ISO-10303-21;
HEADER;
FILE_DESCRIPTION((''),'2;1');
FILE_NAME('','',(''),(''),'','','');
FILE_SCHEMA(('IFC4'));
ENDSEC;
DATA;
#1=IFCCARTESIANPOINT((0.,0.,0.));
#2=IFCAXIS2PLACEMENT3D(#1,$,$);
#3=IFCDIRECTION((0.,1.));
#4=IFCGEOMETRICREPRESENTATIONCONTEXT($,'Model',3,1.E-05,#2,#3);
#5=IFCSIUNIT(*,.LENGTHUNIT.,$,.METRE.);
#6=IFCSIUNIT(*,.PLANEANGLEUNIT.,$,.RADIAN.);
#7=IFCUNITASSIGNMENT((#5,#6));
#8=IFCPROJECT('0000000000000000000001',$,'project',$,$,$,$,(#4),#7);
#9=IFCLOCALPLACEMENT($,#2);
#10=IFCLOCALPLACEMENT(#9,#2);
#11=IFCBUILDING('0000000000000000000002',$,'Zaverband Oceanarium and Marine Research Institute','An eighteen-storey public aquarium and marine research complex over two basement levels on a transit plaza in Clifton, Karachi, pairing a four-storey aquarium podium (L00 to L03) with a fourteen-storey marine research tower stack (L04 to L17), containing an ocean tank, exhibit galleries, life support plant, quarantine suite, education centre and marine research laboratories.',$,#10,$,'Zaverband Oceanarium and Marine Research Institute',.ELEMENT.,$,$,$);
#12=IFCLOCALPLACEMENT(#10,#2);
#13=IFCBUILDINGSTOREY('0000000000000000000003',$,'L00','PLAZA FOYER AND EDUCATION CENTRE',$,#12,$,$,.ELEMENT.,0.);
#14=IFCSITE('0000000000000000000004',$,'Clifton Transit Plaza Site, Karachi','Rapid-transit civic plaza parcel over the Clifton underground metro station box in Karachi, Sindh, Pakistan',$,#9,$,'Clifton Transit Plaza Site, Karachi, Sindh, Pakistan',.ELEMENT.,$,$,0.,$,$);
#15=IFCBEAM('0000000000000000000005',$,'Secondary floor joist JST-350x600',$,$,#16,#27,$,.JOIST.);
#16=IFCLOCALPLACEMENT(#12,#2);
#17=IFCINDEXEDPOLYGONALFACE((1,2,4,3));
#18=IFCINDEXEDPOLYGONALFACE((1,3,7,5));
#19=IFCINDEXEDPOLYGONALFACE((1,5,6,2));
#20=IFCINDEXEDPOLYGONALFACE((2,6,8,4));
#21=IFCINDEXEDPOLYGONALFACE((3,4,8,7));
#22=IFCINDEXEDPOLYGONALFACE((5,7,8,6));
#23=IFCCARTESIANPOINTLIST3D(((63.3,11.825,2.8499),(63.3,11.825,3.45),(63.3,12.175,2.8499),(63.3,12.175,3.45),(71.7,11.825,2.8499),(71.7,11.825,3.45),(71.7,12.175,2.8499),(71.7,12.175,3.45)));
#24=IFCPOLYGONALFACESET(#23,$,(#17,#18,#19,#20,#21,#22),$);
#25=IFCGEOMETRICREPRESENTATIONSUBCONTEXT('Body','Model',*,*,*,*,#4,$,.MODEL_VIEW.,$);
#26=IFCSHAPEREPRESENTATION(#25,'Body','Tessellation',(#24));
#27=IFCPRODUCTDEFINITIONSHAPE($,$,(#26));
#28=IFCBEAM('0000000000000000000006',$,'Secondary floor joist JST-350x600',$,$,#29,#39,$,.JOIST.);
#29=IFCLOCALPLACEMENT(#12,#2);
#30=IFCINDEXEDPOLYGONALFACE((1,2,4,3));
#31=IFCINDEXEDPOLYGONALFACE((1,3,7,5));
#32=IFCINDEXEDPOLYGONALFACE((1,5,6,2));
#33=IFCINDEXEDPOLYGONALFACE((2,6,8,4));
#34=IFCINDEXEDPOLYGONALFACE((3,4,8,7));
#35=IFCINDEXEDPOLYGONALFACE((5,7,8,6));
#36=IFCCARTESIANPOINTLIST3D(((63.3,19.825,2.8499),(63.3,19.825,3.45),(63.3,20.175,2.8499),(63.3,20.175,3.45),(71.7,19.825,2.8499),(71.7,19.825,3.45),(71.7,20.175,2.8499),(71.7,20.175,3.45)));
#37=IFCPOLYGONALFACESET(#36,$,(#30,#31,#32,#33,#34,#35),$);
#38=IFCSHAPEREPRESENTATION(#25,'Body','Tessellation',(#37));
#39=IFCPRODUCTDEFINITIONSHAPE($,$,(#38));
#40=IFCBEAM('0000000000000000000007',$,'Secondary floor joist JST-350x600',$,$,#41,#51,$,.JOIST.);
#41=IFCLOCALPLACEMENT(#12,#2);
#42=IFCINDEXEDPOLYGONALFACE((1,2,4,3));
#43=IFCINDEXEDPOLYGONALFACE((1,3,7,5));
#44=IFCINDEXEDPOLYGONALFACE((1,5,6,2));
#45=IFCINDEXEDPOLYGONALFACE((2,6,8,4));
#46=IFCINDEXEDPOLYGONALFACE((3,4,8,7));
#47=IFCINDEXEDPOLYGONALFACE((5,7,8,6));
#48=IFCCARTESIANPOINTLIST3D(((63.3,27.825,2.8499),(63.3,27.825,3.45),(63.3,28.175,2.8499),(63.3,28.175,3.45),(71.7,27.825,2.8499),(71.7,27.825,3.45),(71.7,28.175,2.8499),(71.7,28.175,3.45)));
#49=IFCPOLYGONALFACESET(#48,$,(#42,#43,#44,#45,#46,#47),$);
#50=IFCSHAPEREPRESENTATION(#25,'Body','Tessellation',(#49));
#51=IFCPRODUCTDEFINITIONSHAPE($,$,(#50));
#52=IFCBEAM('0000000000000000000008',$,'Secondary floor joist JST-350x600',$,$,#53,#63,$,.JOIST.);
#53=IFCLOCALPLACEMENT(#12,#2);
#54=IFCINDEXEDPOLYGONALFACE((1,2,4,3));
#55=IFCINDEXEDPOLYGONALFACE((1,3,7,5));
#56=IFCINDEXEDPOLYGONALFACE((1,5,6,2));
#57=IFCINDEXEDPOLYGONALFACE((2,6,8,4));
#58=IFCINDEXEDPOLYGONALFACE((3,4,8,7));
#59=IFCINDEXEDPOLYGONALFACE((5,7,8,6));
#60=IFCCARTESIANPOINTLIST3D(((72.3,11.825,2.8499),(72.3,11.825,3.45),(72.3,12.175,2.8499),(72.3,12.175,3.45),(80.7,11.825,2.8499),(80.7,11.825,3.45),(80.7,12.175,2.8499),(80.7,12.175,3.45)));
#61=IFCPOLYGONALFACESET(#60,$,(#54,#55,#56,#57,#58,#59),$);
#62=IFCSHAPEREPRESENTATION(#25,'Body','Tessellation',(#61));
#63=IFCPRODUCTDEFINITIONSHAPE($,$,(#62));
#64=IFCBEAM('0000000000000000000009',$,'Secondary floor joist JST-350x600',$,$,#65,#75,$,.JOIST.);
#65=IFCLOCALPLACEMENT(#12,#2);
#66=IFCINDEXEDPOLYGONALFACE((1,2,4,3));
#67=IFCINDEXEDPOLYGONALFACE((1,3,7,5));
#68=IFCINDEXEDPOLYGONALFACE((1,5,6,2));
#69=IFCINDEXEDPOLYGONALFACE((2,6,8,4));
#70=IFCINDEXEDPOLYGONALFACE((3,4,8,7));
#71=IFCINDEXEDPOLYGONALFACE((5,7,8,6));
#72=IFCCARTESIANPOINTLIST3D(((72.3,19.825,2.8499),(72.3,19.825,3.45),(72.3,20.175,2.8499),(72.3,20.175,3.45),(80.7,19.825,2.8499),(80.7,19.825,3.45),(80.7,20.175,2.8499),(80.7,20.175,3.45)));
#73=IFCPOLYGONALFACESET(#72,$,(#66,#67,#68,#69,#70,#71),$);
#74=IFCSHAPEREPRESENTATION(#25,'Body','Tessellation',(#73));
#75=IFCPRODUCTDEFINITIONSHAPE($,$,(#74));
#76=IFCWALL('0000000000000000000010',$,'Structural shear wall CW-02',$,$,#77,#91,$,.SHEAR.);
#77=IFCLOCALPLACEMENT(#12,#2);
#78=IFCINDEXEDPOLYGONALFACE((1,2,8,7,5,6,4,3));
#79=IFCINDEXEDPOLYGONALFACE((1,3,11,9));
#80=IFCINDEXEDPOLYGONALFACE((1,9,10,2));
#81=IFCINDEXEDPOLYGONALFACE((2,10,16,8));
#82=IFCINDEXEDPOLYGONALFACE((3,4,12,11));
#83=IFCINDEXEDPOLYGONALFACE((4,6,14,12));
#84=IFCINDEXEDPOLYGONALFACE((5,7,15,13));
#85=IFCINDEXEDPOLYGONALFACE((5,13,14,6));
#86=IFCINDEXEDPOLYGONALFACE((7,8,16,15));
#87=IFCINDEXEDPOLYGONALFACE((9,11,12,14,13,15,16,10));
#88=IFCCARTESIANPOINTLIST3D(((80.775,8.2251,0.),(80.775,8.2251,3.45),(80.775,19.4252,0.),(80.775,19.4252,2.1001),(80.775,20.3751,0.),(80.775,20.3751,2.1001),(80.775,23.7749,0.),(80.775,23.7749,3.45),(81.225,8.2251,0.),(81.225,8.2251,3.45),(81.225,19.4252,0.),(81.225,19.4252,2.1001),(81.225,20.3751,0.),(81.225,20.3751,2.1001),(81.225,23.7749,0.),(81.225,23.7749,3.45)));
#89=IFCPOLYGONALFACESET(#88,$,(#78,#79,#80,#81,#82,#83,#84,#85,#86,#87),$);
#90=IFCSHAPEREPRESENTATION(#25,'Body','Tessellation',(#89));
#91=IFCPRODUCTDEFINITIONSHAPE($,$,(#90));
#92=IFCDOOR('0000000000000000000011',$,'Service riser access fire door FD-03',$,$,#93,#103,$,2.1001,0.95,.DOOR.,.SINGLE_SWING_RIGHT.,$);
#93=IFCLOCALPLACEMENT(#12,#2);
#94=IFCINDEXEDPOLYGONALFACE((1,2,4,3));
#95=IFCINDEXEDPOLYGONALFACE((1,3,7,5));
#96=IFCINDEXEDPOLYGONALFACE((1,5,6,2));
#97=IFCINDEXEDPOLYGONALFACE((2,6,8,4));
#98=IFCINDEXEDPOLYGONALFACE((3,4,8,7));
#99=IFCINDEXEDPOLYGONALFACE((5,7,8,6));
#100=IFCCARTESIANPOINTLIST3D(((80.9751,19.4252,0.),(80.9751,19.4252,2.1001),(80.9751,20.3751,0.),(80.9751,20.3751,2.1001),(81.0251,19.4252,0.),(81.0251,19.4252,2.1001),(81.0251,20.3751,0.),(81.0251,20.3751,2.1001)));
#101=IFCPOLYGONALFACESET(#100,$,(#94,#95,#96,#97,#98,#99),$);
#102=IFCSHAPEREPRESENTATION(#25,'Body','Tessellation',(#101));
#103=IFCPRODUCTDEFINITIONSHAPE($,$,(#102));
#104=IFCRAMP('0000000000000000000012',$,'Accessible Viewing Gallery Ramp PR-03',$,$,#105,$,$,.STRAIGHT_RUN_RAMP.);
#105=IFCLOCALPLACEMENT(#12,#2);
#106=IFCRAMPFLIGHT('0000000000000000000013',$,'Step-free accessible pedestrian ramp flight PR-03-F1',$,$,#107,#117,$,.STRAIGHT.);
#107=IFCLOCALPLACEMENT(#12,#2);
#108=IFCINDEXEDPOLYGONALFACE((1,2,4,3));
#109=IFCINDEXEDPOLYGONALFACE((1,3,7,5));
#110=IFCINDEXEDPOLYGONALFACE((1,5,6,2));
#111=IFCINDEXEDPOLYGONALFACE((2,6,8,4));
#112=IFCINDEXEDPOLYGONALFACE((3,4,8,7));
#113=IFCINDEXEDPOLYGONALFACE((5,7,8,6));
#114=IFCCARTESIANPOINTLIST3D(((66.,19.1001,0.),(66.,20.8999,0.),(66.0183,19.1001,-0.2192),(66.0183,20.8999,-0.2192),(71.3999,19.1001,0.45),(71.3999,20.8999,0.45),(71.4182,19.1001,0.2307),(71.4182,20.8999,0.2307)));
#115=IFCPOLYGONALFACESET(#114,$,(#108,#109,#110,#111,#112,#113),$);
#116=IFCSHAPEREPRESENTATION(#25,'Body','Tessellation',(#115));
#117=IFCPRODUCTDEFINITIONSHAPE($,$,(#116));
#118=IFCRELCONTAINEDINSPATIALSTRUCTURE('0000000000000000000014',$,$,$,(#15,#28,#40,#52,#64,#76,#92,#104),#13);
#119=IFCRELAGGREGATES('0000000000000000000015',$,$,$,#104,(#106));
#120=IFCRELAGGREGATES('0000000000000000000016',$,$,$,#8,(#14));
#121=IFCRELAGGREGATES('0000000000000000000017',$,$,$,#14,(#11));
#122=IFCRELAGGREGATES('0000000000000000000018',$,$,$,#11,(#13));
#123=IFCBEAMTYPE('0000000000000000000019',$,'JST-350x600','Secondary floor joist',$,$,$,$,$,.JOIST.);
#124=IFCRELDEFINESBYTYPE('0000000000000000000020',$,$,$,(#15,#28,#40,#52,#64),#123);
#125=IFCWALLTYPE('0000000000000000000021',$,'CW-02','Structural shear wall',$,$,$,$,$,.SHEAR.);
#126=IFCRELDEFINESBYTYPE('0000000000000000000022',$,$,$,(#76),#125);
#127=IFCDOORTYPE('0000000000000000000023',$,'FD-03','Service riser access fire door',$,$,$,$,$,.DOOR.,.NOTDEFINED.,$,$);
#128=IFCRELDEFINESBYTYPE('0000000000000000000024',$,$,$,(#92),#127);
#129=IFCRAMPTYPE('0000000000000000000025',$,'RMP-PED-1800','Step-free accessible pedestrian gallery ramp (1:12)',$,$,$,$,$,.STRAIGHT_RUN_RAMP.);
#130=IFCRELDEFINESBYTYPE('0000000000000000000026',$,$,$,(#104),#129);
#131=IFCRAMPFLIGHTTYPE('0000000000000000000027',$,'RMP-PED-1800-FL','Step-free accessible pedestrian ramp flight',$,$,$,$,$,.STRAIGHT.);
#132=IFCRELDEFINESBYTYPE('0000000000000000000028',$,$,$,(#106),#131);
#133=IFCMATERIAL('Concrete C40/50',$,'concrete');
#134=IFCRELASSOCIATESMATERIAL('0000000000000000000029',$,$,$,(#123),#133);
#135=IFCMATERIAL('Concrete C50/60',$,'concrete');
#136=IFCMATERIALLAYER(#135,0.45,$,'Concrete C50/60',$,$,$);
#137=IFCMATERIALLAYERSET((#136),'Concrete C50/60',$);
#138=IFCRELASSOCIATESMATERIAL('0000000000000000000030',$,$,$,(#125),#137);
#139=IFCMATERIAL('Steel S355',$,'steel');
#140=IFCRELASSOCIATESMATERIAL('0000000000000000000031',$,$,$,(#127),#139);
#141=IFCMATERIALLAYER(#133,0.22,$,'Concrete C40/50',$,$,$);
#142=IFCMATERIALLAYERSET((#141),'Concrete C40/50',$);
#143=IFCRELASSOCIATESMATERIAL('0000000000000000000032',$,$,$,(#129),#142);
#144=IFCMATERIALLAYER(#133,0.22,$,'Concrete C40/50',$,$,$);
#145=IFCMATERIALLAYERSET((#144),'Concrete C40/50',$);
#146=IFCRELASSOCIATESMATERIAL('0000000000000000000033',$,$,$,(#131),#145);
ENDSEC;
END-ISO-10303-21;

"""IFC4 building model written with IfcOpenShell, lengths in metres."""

from ifc_helpers import new_model, si_unit, direction, frame, frame_2d, origin, origin_2d, place, context, subcontext, project, spatial, polyline, rectangle, outline, extrude, material, layer, layer_set, material_profile, profile_set, type_object, element, fill, aggregate, save


model = new_model("IFC4")

# Units and contexts
model_context = context("Model", 3, precision=1e-05, world=origin(), true_north=direction((0.0, 1.0)))
body_context = subcontext(model_context, "Body", "Model", "MODEL_VIEW")
ifc_project = project(units=[si_unit("LENGTHUNIT", "METRE"), si_unit("PLANEANGLEUNIT", "RADIAN")], contexts=[model_context])

# Site, building, storey
site_placement = place(None, origin())
site = spatial("IfcSite", under=ifc_project, at=site_placement, Name="Clifton Transit Plaza Site, Karachi", Description="Rapid-transit civic plaza parcel over the Clifton underground metro station box in Karachi, Sindh, Pakistan", LongName="Clifton Transit Plaza Site, Karachi, Sindh, Pakistan", CompositionType="ELEMENT", RefElevation=0.0)
building_placement = place(site_placement, origin())
building = spatial("IfcBuilding", under=site, at=building_placement, Name="Zaverband Oceanarium and Marine Research Institute", Description="An eighteen-storey public aquarium and marine research complex over two basement levels on a transit plaza in Clifton, Karachi, pairing a four-storey aquarium podium (L00 to L03) with a fourteen-storey marine research tower stack (L04 to L17), containing an ocean tank, exhibit galleries, life support plant, quarantine suite, education centre and marine research laboratories.", LongName="Zaverband Oceanarium and Marine Research Institute", CompositionType="ELEMENT")
storey_placement = place(building_placement, origin())
storey = spatial("IfcBuildingStorey", under=building, at=storey_placement, Name="L00", Description="PLAZA FOYER AND EDUCATION CENTRE", CompositionType="ELEMENT", Elevation=0.0)

# Shared definitions
ifc_material_1 = material(Name="Concrete C50/60", Category="concrete")

# Shared definitions
ifc_material_2 = material(Name="Concrete C40/50", Category="concrete")

# Shared definitions
ifc_material_3 = material(Name="Steel S355", Category="steel")

# Beams
ifc_material_profile_1 = material_profile(ifc_material_2, rectangle(XDim=0.3501, YDim=0.6001, at=origin_2d()), Name="RC350x600")
ifc_profile_set_1 = profile_set([ifc_material_profile_1], Name="Concrete C40/50")
beam_type_1 = type_object("IfcBeamType", Name="JST-350x600", Description="Secondary floor joist", PredefinedType="JOIST", material=ifc_profile_set_1)
for number, where, z_axis, x_axis, name in (
    (1, (63.3, 12.0, 3.1499), (1.0, 0.0, 0.0), (0.0, 1.0, 0.0), "Secondary floor joist JST-350x600"),
    (2, (63.3, 20.0, 3.1499), (1.0, 0.0, 0.0), (0.0, 1.0, 0.0), "Secondary floor joist JST-350x600"),
    (3, (63.3, 28.0, 3.1499), (1.0, 0.0, 0.0), (0.0, 1.0, 0.0), "Secondary floor joist JST-350x600"),
    (4, (72.3, 12.0, 3.1499), (1.0, 0.0, 0.0), (0.0, 1.0, 0.0), "Secondary floor joist JST-350x600"),
    (5, (72.3, 20.0, 3.1499), (1.0, 0.0, 0.0), (0.0, 1.0, 0.0), "Secondary floor joist JST-350x600"),
):
    element("IfcBeam", number, at=place(storey_placement, frame(where, z_axis=z_axis, x_axis=x_axis)), inside=storey, type_object=beam_type_1, Name=name, PredefinedType="JOIST", context=body_context, shape_type="SweptSolid", body=[
        extrude(rectangle(XDim=0.3501, YDim=0.6001, at=origin_2d()), origin(), (0.0, 0.0, 1.0), 8.3999),
    ])

# Wall, opening, door
ifc_layer_1 = layer(ifc_material_1, 0.45, Name="Concrete C50/60")
ifc_layer_set_1 = layer_set([ifc_layer_1], Name="Concrete C50/60")
wall_type = type_object("IfcWallType", Name="CW-02", Description="Structural shear wall", PredefinedType="SHEAR", material=ifc_layer_set_1)
wall_placement = place(storey_placement, frame((81.0, 8.2251, 0.0), z_axis=(0.0, 0.0, 1.0), x_axis=(0.0, 1.0, 0.0)))
wall = element("IfcWall", 6, at=wall_placement, inside=storey, type_object=wall_type, Name="Structural shear wall CW-02", PredefinedType="SHEAR", context=body_context, shape_type="SweptSolid", body=[
    extrude(rectangle(XDim=15.5498, YDim=0.45, at=frame_2d((7.7749, 0.0))), origin(), (0.0, 0.0, 1.0), 3.45),
])
opening_placement = place(wall_placement, frame((11.2, 0.0, 0.0)))
opening = element("IfcOpeningElement", 7, at=opening_placement, cuts=wall, PredefinedType="OPENING", context=body_context, shape_type="SweptSolid", body=[
    extrude(rectangle(XDim=0.95, YDim=2.1001, at=frame_2d((0.4751, 1.05))), frame((0.0, 0.2368, 0.0), z_axis=(0.0, -1.0, 0.0), x_axis=(1.0, 0.0, 0.0)), (0.0, 0.0, 1.0), 0.4739),
])
door_type = type_object("IfcDoorType", Name="FD-03", Description="Service riser access fire door", OperationType="NOTDEFINED", PredefinedType="DOOR", material=ifc_material_3)
door_placement = place(opening_placement, origin())
door = element("IfcDoor", 8, at=door_placement, inside=storey, type_object=door_type, Name="Service riser access fire door FD-03", OperationType="SINGLE_SWING_RIGHT", OverallHeight=2.1001, OverallWidth=0.95, PredefinedType="DOOR", context=body_context, shape_type="SweptSolid", body=[
    extrude(rectangle(XDim=0.95, YDim=2.1001, at=frame_2d((0.4751, 1.05))), frame((0.0, 0.0249, 0.0), z_axis=(0.0, -1.0, 0.0), x_axis=(1.0, 0.0, 0.0)), (0.0, 0.0, 1.0), 0.05),
])
fill(opening, door)

# Ramp, ramp flight
ifc_layer_2 = layer(ifc_material_2, 0.22, Name="Concrete C40/50")
ifc_layer_set_2 = layer_set([ifc_layer_2], Name="Concrete C40/50")
ramp_type = type_object("IfcRampType", Name="RMP-PED-1800", Description="Step-free accessible pedestrian gallery ramp (1:12)", PredefinedType="STRAIGHT_RUN_RAMP", material=ifc_layer_set_2)
ramp_placement = place(storey_placement, origin())
ramp = element("IfcRamp", 9, at=ramp_placement, inside=storey, type_object=ramp_type, Name="Accessible Viewing Gallery Ramp PR-03", PredefinedType="STRAIGHT_RUN_RAMP")
ifc_layer_3 = layer(ifc_material_2, 0.22, Name="Concrete C40/50")
ifc_layer_set_3 = layer_set([ifc_layer_3], Name="Concrete C40/50")
ramp_flight_type = type_object("IfcRampFlightType", Name="RMP-PED-1800-FL", Description="Step-free accessible pedestrian ramp flight", PredefinedType="STRAIGHT", material=ifc_layer_set_3)
ramp_flight_placement = place(storey_placement, frame((66.0, 19.1001, 0.0), z_axis=(-0.083038, 0.0, 0.996546), x_axis=(0.0, 1.0, 0.0)))
ramp_flight = element("IfcRampFlight", 10, at=ramp_flight_placement, type_object=ramp_flight_type, Name="Step-free accessible pedestrian ramp flight PR-03-F1", PredefinedType="STRAIGHT", context=body_context, shape_type="SweptSolid", body=[
    extrude(outline(polyline([(0.0, 0.0), (1.7998, 0.0), (1.7998, -5.4186), (0.0, -5.4186), (0.0, 0.0)])), origin(), (0.0, 0.0, -1.0), 0.22),
])
aggregate(ramp, [ramp_flight])

save(model, "model.ifc")
